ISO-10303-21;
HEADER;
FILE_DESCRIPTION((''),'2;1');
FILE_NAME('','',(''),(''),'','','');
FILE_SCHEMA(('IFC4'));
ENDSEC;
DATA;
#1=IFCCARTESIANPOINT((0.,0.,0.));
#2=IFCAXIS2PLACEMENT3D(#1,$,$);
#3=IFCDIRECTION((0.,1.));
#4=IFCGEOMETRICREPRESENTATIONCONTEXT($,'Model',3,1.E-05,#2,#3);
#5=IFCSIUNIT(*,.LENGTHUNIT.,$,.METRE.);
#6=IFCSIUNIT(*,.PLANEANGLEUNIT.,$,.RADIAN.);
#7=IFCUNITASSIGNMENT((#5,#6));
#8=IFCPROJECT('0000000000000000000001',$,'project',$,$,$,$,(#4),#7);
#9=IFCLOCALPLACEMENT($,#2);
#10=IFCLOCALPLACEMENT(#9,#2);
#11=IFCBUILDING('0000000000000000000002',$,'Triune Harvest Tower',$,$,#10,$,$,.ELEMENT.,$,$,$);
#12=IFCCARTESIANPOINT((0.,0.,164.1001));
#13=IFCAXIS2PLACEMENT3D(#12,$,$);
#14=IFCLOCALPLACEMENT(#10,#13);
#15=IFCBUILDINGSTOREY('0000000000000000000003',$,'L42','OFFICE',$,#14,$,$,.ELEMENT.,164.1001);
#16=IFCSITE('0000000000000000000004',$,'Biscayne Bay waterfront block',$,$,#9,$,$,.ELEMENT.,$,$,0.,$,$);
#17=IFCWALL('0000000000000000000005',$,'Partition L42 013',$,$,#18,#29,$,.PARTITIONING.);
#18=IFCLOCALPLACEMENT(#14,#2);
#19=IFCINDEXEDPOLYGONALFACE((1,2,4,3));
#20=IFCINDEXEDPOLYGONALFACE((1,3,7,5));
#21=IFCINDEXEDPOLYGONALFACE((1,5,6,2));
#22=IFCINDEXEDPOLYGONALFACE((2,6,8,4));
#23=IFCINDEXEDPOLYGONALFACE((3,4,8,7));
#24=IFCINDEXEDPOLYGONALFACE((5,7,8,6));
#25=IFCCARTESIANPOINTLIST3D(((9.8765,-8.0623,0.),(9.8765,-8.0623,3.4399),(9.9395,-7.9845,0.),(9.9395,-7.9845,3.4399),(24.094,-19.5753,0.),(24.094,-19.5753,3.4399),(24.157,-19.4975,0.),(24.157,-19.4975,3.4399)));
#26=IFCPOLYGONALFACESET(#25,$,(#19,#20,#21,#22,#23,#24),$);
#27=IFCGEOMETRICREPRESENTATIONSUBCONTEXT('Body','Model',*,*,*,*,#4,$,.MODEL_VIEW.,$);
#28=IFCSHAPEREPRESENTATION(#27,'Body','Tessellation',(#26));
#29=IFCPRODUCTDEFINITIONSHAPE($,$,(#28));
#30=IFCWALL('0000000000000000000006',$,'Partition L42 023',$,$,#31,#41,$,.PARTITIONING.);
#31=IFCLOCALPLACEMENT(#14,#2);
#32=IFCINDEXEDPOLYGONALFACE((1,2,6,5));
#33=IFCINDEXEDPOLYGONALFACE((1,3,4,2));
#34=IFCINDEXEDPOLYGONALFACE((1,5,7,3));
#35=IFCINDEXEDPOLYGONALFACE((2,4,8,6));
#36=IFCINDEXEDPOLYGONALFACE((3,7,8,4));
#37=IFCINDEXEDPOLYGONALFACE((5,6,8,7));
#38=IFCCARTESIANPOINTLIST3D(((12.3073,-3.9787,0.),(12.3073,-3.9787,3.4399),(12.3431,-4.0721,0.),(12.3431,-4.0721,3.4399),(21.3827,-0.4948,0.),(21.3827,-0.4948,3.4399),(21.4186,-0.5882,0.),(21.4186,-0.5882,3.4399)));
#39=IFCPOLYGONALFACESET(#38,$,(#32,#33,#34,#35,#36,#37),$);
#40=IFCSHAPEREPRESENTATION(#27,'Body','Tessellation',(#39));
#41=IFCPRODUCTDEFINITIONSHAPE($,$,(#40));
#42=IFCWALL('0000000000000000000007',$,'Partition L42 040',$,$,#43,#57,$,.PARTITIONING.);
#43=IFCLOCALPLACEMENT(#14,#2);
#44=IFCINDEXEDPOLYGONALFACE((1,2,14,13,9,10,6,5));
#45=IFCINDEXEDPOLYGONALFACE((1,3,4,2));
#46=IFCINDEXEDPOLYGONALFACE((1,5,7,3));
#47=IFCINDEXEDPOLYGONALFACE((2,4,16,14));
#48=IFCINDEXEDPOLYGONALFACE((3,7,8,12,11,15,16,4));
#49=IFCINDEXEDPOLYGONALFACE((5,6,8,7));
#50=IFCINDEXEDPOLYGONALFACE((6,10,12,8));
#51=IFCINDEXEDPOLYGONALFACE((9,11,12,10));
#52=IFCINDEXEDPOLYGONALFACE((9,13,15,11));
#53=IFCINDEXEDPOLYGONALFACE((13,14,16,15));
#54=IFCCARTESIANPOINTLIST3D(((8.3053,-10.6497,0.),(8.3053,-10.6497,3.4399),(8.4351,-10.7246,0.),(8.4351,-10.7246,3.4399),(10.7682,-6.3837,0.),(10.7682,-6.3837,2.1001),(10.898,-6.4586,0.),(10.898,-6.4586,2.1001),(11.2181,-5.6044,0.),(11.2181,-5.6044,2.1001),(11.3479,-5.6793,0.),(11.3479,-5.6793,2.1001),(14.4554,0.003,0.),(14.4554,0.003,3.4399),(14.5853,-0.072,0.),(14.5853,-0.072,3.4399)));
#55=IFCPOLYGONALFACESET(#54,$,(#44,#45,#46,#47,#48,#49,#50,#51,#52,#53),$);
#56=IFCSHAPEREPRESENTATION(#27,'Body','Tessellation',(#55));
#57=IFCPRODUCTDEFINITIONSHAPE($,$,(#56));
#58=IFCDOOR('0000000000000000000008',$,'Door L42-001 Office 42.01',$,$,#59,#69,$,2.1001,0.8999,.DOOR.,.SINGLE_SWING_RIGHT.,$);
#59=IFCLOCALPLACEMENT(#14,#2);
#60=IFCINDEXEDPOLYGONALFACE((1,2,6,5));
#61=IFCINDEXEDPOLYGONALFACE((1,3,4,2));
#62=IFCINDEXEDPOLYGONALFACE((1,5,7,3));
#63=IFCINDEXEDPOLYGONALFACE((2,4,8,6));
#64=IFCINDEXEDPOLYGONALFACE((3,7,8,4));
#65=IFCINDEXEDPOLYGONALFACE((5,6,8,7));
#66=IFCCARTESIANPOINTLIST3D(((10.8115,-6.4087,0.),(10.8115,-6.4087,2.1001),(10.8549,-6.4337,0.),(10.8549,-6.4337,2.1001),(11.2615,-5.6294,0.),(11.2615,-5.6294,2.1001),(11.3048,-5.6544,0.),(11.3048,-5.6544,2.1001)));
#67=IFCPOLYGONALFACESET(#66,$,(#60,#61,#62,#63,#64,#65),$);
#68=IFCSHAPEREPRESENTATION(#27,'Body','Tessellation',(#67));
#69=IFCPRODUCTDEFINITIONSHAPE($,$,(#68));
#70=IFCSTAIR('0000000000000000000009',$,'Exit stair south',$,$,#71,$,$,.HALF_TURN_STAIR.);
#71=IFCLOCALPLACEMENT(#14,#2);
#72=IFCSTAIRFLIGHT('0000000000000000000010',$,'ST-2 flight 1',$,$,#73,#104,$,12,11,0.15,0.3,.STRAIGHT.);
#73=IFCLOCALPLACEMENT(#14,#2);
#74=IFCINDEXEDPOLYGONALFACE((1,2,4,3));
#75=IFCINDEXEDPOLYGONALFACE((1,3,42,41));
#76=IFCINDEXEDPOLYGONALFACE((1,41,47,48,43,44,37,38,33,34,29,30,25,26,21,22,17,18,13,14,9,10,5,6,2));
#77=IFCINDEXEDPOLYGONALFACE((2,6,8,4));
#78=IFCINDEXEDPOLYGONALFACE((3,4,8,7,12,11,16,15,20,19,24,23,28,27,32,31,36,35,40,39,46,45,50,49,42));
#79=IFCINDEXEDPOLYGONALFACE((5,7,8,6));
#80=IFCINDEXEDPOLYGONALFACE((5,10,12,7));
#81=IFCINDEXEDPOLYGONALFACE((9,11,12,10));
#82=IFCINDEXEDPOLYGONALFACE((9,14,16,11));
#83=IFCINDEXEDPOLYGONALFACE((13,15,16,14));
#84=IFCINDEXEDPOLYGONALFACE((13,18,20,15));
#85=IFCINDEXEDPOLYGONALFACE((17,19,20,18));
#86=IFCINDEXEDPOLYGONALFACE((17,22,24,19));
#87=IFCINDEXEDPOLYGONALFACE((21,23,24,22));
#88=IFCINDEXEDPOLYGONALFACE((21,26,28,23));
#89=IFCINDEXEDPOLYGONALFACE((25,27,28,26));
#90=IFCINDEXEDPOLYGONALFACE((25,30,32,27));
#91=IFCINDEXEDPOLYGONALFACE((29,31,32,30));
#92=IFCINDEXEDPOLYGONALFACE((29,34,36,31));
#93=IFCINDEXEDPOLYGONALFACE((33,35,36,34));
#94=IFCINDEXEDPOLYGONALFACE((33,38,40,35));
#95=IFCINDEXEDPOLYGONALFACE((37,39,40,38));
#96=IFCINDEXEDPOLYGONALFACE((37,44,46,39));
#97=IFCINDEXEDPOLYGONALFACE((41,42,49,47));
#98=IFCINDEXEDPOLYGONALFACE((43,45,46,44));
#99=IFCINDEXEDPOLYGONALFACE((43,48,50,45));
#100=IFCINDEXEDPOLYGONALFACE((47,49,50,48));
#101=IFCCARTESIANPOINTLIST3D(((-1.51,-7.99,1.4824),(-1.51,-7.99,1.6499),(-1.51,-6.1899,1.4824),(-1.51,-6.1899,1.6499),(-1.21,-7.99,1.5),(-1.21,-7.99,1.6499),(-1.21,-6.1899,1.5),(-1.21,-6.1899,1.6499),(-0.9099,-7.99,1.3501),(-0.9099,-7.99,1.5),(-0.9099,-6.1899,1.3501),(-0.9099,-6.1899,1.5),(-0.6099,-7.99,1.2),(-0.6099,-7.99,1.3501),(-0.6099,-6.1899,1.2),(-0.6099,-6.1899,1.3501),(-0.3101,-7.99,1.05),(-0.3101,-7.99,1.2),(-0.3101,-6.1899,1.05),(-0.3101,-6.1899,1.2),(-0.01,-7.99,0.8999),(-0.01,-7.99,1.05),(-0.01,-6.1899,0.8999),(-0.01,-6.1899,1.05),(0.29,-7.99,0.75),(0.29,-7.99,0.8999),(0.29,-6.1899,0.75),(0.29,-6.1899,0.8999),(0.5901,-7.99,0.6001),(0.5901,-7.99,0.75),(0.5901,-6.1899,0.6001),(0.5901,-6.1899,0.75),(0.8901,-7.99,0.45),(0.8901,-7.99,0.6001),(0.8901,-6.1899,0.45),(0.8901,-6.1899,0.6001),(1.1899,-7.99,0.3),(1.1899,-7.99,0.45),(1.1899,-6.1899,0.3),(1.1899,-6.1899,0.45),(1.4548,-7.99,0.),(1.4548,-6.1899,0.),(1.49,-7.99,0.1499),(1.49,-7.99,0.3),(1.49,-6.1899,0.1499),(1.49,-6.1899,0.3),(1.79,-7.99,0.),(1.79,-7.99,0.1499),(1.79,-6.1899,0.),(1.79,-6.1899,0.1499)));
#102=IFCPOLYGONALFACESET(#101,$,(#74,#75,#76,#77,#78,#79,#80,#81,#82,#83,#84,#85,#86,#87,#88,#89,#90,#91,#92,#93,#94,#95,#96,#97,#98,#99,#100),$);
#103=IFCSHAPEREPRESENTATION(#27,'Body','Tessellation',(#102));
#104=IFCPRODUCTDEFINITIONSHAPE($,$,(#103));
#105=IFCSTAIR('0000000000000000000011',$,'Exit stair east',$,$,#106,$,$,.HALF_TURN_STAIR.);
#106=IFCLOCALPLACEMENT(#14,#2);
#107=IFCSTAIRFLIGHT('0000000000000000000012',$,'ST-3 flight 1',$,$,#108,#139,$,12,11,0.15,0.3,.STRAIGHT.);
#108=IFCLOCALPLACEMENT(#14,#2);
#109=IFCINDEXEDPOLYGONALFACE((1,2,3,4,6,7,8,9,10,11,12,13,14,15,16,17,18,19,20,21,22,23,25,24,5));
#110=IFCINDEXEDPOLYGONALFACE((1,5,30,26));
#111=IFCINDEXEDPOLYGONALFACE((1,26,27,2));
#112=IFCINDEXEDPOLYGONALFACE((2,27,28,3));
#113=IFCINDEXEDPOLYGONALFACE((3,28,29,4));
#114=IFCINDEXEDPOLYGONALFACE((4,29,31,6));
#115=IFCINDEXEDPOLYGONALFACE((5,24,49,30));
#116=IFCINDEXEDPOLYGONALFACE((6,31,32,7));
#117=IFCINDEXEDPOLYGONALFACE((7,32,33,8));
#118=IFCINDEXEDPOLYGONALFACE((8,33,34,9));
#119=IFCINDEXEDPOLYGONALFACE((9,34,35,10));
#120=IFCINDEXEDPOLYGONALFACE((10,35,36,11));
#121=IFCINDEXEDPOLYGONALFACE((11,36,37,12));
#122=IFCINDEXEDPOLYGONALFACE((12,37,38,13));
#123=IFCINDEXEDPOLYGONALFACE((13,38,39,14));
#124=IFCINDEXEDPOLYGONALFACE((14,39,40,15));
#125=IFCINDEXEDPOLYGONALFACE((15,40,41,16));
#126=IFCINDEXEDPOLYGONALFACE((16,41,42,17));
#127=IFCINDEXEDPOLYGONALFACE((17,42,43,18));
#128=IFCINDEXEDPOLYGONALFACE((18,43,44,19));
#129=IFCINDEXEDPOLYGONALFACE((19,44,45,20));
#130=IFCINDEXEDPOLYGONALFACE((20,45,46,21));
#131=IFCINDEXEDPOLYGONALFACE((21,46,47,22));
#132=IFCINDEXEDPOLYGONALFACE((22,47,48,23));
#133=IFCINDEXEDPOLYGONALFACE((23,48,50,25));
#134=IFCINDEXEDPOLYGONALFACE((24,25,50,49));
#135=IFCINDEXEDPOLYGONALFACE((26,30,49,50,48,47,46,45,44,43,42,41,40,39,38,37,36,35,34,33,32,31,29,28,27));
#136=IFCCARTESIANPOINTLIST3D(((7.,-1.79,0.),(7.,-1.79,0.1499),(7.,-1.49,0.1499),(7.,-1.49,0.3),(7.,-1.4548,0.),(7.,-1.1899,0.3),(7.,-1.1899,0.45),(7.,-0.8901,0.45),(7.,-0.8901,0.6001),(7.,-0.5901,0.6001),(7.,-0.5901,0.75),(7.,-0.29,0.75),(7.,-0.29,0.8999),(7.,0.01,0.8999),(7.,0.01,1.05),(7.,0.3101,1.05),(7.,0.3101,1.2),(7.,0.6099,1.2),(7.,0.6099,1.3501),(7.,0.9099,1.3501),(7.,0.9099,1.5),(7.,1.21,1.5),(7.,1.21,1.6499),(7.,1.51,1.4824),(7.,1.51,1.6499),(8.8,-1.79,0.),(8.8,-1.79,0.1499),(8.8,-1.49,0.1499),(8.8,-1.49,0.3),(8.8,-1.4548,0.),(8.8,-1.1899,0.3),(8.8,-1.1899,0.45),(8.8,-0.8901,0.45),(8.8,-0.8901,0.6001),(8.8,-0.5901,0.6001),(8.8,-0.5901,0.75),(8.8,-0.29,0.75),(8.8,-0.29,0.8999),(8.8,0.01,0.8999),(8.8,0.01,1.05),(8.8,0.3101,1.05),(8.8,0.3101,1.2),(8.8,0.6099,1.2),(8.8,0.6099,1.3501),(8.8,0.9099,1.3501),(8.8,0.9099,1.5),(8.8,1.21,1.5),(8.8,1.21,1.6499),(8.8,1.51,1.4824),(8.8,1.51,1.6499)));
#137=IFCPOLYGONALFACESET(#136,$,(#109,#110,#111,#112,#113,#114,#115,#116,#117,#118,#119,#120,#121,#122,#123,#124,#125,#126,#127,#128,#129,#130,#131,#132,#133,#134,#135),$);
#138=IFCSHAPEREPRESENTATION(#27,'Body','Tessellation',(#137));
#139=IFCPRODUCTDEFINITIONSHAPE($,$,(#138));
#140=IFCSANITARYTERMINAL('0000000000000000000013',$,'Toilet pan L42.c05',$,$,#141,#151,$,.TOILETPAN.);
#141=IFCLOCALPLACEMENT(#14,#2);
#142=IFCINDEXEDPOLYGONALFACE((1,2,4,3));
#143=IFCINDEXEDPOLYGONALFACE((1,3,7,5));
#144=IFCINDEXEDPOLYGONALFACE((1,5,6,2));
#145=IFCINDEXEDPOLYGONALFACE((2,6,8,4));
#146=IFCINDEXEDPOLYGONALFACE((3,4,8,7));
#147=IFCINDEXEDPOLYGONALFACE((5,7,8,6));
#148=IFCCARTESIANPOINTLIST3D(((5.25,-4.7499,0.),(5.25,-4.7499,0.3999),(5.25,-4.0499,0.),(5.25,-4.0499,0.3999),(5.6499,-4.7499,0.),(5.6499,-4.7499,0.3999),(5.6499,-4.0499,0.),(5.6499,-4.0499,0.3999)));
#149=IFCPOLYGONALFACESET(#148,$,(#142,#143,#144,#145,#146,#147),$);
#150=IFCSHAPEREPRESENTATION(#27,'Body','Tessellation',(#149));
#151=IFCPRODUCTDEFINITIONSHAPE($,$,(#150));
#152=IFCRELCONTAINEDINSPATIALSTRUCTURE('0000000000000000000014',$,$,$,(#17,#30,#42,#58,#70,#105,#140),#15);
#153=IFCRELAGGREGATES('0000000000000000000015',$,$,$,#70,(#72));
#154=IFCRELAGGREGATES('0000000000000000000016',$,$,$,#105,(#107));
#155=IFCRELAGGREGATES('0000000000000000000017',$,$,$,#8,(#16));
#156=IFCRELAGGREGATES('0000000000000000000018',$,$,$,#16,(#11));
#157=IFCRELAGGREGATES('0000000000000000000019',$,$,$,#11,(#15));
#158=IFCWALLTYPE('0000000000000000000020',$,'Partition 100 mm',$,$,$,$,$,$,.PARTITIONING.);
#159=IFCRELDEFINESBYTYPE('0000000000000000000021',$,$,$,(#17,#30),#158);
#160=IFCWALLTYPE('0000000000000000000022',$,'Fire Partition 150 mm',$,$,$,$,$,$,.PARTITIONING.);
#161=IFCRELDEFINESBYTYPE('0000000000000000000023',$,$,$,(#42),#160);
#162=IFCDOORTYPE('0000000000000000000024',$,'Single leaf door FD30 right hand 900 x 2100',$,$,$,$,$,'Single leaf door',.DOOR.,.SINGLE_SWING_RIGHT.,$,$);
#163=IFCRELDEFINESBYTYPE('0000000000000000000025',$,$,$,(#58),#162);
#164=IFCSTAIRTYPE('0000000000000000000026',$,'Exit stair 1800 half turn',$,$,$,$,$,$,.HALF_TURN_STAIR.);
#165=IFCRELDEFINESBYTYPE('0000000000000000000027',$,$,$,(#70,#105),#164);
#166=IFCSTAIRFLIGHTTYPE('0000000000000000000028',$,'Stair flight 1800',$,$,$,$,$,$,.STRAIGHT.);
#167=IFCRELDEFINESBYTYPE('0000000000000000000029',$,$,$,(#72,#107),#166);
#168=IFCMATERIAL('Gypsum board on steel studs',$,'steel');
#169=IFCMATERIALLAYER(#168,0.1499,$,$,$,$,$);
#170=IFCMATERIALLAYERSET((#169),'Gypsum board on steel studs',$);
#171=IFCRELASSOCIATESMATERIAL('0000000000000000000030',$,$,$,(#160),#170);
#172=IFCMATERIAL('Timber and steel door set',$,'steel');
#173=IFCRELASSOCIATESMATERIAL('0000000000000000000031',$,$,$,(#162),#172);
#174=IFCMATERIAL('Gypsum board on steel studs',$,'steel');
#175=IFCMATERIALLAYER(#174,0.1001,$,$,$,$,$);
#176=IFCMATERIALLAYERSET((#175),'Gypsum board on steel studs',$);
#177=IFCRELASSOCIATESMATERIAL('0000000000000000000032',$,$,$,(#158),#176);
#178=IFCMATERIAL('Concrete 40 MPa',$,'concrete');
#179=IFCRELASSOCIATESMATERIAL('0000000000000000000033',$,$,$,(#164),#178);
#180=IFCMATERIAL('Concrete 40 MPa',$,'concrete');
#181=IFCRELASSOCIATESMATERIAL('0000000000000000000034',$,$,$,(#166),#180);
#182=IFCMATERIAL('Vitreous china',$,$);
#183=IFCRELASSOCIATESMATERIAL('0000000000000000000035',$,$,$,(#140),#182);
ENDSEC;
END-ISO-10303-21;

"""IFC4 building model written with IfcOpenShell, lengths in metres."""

from ifc_helpers import new_model, si_unit, direction, frame, frame_2d, origin, origin_2d, place, context, subcontext, project, spatial, polyline, rectangle, outline, extrude, source, transform, mapped, material, layer, layer_set, type_object, element, fill, aggregate, save


model = new_model("IFC4")

# Units and contexts
model_context = context("Model", 3, precision=1e-05, world=origin(), true_north=direction((0.0, 1.0)))
body_context = subcontext(model_context, "Body", "Model", "MODEL_VIEW")
ifc_project = project(units=[si_unit("LENGTHUNIT", "METRE"), si_unit("PLANEANGLEUNIT", "RADIAN")], contexts=[model_context])

# Site, building, storey
site_placement = place(None, origin())
site = spatial("IfcSite", under=ifc_project, at=site_placement, Name="Biscayne Bay waterfront block", CompositionType="ELEMENT", RefElevation=0.0)
building_placement = place(site_placement, origin())
building = spatial("IfcBuilding", under=site, at=building_placement, Name="Triune Harvest Tower", CompositionType="ELEMENT")
storey_placement = place(building_placement, frame((0.0, 0.0, 164.1001)))
storey = spatial("IfcBuildingStorey", under=building, at=storey_placement, Name="L42", Description="OFFICE", CompositionType="ELEMENT", Elevation=164.1001)

# Shared definitions
ifc_material_1 = material(Name="Gypsum board on steel studs", Category="steel")
ifc_layer_1 = layer(ifc_material_1, 0.1499)
ifc_layer_set_1 = layer_set([ifc_layer_1], Name="Gypsum board on steel studs")
wall_type_1 = type_object("IfcWallType", Name="Fire Partition 150 mm", PredefinedType="PARTITIONING", material=ifc_layer_set_1)
ifc_material_2 = material(Name="Timber and steel door set", Category="steel")
door_type_1 = type_object("IfcDoorType", Name="Single leaf door FD30 right hand 900 x 2100", ElementType="Single leaf door", OperationType="SINGLE_SWING_RIGHT", PredefinedType="DOOR", material=ifc_material_2)

# Walls
ifc_material_3 = material(Name="Gypsum board on steel studs", Category="steel")
ifc_layer_2 = layer(ifc_material_3, 0.1001)
ifc_layer_set_2 = layer_set([ifc_layer_2], Name="Gypsum board on steel studs")
wall_type_2 = type_object("IfcWallType", Name="Partition 100 mm", PredefinedType="PARTITIONING", material=ifc_layer_set_2)
shared_shape_1 = source(origin(), body_context, "Body", "SweptSolid", [
    extrude(rectangle(XDim=18.2944, YDim=0.1001, at=frame_2d((9.1472, 0.0))), origin(), (0.0, 0.0, 1.0), 3.4399),
])
wall_1_placement = place(storey_placement, frame((9.908, -8.0234, 0.0), z_axis=(0.0, 0.0, 1.0), x_axis=(0.777151, -0.629314, 0.0)))
element("IfcWall", 1, at=wall_1_placement, inside=storey, type_object=wall_type_2, Name="Partition L42 013", PredefinedType="PARTITIONING", context=body_context, shape_type="MappedRepresentation", body=[
    mapped(shared_shape_1, transform((0.0, 0.0, 0.0), scale=1.0)),
])
shared_shape_2 = source(origin(), body_context, "Body", "SweptSolid", [
    extrude(rectangle(XDim=9.7212, YDim=0.1001, at=frame_2d((4.8606, 0.0))), origin(), (0.0, 0.0, 1.0), 3.4399),
])
wall_2_placement = place(storey_placement, frame((12.3252, -4.0254, 0.0), z_axis=(0.0, 0.0, 1.0), x_axis=(0.933575, 0.358382, 0.0)))
element("IfcWall", 2, at=wall_2_placement, inside=storey, type_object=wall_type_2, Name="Partition L42 023", PredefinedType="PARTITIONING", context=body_context, shape_type="MappedRepresentation", body=[
    mapped(shared_shape_2, transform((0.0, 0.0, 0.0), scale=1.0)),
])

# Wall, opening, door
shared_shape_3 = source(origin(), body_context, "Body", "SweptSolid", [
    extrude(rectangle(XDim=12.3005, YDim=0.1499, at=frame_2d((6.1504, 0.0))), origin(), (0.0, 0.0, 1.0), 3.4399),
])
wall_3_placement = place(storey_placement, frame((8.3701, -10.6873, 0.0), z_axis=(0.0, 0.0, 1.0), x_axis=(0.499992, 0.86603, 0.0)))
wall_3 = element("IfcWall", 3, at=wall_3_placement, inside=storey, type_object=wall_type_1, Name="Partition L42 040", PredefinedType="PARTITIONING", context=body_context, shape_type="MappedRepresentation", body=[
    mapped(shared_shape_3, transform((0.0, 0.0, 0.0), scale=1.0)),
])
opening_1_placement = place(wall_3_placement, frame((4.926, 0.0, 0.0)))
opening_1 = element("IfcOpeningElement", 4, at=opening_1_placement, cuts=wall_3, PredefinedType="OPENING", context=body_context, shape_type="SweptSolid", body=[
    extrude(rectangle(XDim=0.8999, YDim=2.1001, at=frame_2d((0.45, 1.05))), frame((0.0, 0.085, 0.0), z_axis=(0.0, -1.0, 0.0), x_axis=(1.0, 0.0, 0.0)), (0.0, 0.0, 1.0), 0.1699),
])
door_1_placement = place(opening_1_placement, origin())
door_1 = element("IfcDoor", 5, at=door_1_placement, inside=storey, type_object=door_type_1, Name="Door L42-001 Office 42.01", OperationType="SINGLE_SWING_RIGHT", OverallHeight=2.1001, OverallWidth=0.8999, PredefinedType="DOOR", context=body_context, shape_type="SweptSolid", body=[
    extrude(rectangle(XDim=0.8999, YDim=2.1001, at=frame_2d((0.45, 1.05))), frame((0.0, 0.0249, 0.0), z_axis=(0.0, -1.0, 0.0), x_axis=(1.0, 0.0, 0.0)), (0.0, 0.0, 1.0), 0.05),
])
fill(opening_1, door_1)

# Stairs, stair flights
ifc_material_4 = material(Name="Concrete 40 MPa", Category="concrete")
stair_type = type_object("IfcStairType", Name="Exit stair 1800 half turn", PredefinedType="HALF_TURN_STAIR", material=ifc_material_4)
stair_1_placement = place(storey_placement, origin())
stair_1 = element("IfcStair", 6, at=stair_1_placement, inside=storey, type_object=stair_type, Name="Exit stair south", PredefinedType="HALF_TURN_STAIR")
ifc_material_5 = material(Name="Concrete 40 MPa", Category="concrete")
stair_flight_type = type_object("IfcStairFlightType", Name="Stair flight 1800", PredefinedType="STRAIGHT", material=ifc_material_5)
shared_shape_4 = source(origin(), body_context, "Body", "SweptSolid", [
    extrude(outline(polyline([(0.0, 0.0), (0.0, 0.1499), (0.3, 0.1499), (0.3, 0.3), (0.6001, 0.3), (0.6001, 0.45), (0.8999, 0.45), (0.8999, 0.6001), (1.2, 0.6001), (1.2, 0.75), (1.5, 0.75), (1.5, 0.8999), (1.8, 0.8999), (1.8, 1.05), (2.1001, 1.05), (2.1001, 1.2), (2.3999, 1.2), (2.3999, 1.3501), (2.7, 1.3501), (2.7, 1.5), (3.0, 1.5), (3.0, 1.6499), (3.3, 1.6499), (3.3, 1.8), (3.3, 1.4824), (0.3352, 0.0), (0.0, 0.0)])), frame((0.0, 0.8999, 0.0), z_axis=(0.0, -1.0, 0.0), x_axis=(1.0, 0.0, 0.0)), (0.0, 0.0, 1.0), 1.8),
])
stair_flight_1_placement = place(storey_placement, frame((1.79, -7.0901, 0.0), z_axis=(0.0, 0.0, 1.0), x_axis=(-1.0, 0.0, 0.0)))
stair_flight_1 = element("IfcStairFlight", 7, at=stair_flight_1_placement, type_object=stair_flight_type, Name="ST-2 flight 1", NumberOfRisers=12, NumberOfTreads=11, PredefinedType="STRAIGHT", RiserHeight=0.15, TreadLength=0.3, context=body_context, shape_type="MappedRepresentation", body=[
    mapped(shared_shape_4, transform((0.0, 0.0, 0.0), scale=1.0)),
])
aggregate(stair_1, [stair_flight_1])
stair_2_placement = place(storey_placement, origin())
stair_2 = element("IfcStair", 8, at=stair_2_placement, inside=storey, type_object=stair_type, Name="Exit stair east", PredefinedType="HALF_TURN_STAIR")
stair_flight_2_placement = place(storey_placement, frame((7.8999, -1.79, 0.0), z_axis=(0.0, 0.0, 1.0), x_axis=(0.0, 1.0, 0.0)))
stair_flight_2 = element("IfcStairFlight", 9, at=stair_flight_2_placement, type_object=stair_flight_type, Name="ST-3 flight 1", NumberOfRisers=12, NumberOfTreads=11, PredefinedType="STRAIGHT", RiserHeight=0.15, TreadLength=0.3, context=body_context, shape_type="MappedRepresentation", body=[
    mapped(shared_shape_4, transform((0.0, 0.0, 0.0), scale=1.0)),
])
aggregate(stair_2, [stair_flight_2])

# Sanitary terminal
ifc_material_6 = material(Name="Vitreous china")
shared_shape_5 = source(origin(), body_context, "Body", "SweptSolid", [
    extrude(rectangle(XDim=0.3999, YDim=0.7, at=origin_2d()), origin(), (0.0, 0.0, 1.0), 0.3999),
])
sanitary_terminal_placement = place(storey_placement, frame((5.45, -4.3999, 0.0), z_axis=(0.0, 0.0, 1.0), x_axis=(1.0, 0.0, 0.0)))
element("IfcSanitaryTerminal", 10, at=sanitary_terminal_placement, inside=storey, material=ifc_material_6, Name="Toilet pan L42.c05", PredefinedType="TOILETPAN", context=body_context, shape_type="MappedRepresentation", body=[
    mapped(shared_shape_5, transform((0.0, 0.0, 0.0), scale=1.0)),
])

save(model, "model.ifc")
